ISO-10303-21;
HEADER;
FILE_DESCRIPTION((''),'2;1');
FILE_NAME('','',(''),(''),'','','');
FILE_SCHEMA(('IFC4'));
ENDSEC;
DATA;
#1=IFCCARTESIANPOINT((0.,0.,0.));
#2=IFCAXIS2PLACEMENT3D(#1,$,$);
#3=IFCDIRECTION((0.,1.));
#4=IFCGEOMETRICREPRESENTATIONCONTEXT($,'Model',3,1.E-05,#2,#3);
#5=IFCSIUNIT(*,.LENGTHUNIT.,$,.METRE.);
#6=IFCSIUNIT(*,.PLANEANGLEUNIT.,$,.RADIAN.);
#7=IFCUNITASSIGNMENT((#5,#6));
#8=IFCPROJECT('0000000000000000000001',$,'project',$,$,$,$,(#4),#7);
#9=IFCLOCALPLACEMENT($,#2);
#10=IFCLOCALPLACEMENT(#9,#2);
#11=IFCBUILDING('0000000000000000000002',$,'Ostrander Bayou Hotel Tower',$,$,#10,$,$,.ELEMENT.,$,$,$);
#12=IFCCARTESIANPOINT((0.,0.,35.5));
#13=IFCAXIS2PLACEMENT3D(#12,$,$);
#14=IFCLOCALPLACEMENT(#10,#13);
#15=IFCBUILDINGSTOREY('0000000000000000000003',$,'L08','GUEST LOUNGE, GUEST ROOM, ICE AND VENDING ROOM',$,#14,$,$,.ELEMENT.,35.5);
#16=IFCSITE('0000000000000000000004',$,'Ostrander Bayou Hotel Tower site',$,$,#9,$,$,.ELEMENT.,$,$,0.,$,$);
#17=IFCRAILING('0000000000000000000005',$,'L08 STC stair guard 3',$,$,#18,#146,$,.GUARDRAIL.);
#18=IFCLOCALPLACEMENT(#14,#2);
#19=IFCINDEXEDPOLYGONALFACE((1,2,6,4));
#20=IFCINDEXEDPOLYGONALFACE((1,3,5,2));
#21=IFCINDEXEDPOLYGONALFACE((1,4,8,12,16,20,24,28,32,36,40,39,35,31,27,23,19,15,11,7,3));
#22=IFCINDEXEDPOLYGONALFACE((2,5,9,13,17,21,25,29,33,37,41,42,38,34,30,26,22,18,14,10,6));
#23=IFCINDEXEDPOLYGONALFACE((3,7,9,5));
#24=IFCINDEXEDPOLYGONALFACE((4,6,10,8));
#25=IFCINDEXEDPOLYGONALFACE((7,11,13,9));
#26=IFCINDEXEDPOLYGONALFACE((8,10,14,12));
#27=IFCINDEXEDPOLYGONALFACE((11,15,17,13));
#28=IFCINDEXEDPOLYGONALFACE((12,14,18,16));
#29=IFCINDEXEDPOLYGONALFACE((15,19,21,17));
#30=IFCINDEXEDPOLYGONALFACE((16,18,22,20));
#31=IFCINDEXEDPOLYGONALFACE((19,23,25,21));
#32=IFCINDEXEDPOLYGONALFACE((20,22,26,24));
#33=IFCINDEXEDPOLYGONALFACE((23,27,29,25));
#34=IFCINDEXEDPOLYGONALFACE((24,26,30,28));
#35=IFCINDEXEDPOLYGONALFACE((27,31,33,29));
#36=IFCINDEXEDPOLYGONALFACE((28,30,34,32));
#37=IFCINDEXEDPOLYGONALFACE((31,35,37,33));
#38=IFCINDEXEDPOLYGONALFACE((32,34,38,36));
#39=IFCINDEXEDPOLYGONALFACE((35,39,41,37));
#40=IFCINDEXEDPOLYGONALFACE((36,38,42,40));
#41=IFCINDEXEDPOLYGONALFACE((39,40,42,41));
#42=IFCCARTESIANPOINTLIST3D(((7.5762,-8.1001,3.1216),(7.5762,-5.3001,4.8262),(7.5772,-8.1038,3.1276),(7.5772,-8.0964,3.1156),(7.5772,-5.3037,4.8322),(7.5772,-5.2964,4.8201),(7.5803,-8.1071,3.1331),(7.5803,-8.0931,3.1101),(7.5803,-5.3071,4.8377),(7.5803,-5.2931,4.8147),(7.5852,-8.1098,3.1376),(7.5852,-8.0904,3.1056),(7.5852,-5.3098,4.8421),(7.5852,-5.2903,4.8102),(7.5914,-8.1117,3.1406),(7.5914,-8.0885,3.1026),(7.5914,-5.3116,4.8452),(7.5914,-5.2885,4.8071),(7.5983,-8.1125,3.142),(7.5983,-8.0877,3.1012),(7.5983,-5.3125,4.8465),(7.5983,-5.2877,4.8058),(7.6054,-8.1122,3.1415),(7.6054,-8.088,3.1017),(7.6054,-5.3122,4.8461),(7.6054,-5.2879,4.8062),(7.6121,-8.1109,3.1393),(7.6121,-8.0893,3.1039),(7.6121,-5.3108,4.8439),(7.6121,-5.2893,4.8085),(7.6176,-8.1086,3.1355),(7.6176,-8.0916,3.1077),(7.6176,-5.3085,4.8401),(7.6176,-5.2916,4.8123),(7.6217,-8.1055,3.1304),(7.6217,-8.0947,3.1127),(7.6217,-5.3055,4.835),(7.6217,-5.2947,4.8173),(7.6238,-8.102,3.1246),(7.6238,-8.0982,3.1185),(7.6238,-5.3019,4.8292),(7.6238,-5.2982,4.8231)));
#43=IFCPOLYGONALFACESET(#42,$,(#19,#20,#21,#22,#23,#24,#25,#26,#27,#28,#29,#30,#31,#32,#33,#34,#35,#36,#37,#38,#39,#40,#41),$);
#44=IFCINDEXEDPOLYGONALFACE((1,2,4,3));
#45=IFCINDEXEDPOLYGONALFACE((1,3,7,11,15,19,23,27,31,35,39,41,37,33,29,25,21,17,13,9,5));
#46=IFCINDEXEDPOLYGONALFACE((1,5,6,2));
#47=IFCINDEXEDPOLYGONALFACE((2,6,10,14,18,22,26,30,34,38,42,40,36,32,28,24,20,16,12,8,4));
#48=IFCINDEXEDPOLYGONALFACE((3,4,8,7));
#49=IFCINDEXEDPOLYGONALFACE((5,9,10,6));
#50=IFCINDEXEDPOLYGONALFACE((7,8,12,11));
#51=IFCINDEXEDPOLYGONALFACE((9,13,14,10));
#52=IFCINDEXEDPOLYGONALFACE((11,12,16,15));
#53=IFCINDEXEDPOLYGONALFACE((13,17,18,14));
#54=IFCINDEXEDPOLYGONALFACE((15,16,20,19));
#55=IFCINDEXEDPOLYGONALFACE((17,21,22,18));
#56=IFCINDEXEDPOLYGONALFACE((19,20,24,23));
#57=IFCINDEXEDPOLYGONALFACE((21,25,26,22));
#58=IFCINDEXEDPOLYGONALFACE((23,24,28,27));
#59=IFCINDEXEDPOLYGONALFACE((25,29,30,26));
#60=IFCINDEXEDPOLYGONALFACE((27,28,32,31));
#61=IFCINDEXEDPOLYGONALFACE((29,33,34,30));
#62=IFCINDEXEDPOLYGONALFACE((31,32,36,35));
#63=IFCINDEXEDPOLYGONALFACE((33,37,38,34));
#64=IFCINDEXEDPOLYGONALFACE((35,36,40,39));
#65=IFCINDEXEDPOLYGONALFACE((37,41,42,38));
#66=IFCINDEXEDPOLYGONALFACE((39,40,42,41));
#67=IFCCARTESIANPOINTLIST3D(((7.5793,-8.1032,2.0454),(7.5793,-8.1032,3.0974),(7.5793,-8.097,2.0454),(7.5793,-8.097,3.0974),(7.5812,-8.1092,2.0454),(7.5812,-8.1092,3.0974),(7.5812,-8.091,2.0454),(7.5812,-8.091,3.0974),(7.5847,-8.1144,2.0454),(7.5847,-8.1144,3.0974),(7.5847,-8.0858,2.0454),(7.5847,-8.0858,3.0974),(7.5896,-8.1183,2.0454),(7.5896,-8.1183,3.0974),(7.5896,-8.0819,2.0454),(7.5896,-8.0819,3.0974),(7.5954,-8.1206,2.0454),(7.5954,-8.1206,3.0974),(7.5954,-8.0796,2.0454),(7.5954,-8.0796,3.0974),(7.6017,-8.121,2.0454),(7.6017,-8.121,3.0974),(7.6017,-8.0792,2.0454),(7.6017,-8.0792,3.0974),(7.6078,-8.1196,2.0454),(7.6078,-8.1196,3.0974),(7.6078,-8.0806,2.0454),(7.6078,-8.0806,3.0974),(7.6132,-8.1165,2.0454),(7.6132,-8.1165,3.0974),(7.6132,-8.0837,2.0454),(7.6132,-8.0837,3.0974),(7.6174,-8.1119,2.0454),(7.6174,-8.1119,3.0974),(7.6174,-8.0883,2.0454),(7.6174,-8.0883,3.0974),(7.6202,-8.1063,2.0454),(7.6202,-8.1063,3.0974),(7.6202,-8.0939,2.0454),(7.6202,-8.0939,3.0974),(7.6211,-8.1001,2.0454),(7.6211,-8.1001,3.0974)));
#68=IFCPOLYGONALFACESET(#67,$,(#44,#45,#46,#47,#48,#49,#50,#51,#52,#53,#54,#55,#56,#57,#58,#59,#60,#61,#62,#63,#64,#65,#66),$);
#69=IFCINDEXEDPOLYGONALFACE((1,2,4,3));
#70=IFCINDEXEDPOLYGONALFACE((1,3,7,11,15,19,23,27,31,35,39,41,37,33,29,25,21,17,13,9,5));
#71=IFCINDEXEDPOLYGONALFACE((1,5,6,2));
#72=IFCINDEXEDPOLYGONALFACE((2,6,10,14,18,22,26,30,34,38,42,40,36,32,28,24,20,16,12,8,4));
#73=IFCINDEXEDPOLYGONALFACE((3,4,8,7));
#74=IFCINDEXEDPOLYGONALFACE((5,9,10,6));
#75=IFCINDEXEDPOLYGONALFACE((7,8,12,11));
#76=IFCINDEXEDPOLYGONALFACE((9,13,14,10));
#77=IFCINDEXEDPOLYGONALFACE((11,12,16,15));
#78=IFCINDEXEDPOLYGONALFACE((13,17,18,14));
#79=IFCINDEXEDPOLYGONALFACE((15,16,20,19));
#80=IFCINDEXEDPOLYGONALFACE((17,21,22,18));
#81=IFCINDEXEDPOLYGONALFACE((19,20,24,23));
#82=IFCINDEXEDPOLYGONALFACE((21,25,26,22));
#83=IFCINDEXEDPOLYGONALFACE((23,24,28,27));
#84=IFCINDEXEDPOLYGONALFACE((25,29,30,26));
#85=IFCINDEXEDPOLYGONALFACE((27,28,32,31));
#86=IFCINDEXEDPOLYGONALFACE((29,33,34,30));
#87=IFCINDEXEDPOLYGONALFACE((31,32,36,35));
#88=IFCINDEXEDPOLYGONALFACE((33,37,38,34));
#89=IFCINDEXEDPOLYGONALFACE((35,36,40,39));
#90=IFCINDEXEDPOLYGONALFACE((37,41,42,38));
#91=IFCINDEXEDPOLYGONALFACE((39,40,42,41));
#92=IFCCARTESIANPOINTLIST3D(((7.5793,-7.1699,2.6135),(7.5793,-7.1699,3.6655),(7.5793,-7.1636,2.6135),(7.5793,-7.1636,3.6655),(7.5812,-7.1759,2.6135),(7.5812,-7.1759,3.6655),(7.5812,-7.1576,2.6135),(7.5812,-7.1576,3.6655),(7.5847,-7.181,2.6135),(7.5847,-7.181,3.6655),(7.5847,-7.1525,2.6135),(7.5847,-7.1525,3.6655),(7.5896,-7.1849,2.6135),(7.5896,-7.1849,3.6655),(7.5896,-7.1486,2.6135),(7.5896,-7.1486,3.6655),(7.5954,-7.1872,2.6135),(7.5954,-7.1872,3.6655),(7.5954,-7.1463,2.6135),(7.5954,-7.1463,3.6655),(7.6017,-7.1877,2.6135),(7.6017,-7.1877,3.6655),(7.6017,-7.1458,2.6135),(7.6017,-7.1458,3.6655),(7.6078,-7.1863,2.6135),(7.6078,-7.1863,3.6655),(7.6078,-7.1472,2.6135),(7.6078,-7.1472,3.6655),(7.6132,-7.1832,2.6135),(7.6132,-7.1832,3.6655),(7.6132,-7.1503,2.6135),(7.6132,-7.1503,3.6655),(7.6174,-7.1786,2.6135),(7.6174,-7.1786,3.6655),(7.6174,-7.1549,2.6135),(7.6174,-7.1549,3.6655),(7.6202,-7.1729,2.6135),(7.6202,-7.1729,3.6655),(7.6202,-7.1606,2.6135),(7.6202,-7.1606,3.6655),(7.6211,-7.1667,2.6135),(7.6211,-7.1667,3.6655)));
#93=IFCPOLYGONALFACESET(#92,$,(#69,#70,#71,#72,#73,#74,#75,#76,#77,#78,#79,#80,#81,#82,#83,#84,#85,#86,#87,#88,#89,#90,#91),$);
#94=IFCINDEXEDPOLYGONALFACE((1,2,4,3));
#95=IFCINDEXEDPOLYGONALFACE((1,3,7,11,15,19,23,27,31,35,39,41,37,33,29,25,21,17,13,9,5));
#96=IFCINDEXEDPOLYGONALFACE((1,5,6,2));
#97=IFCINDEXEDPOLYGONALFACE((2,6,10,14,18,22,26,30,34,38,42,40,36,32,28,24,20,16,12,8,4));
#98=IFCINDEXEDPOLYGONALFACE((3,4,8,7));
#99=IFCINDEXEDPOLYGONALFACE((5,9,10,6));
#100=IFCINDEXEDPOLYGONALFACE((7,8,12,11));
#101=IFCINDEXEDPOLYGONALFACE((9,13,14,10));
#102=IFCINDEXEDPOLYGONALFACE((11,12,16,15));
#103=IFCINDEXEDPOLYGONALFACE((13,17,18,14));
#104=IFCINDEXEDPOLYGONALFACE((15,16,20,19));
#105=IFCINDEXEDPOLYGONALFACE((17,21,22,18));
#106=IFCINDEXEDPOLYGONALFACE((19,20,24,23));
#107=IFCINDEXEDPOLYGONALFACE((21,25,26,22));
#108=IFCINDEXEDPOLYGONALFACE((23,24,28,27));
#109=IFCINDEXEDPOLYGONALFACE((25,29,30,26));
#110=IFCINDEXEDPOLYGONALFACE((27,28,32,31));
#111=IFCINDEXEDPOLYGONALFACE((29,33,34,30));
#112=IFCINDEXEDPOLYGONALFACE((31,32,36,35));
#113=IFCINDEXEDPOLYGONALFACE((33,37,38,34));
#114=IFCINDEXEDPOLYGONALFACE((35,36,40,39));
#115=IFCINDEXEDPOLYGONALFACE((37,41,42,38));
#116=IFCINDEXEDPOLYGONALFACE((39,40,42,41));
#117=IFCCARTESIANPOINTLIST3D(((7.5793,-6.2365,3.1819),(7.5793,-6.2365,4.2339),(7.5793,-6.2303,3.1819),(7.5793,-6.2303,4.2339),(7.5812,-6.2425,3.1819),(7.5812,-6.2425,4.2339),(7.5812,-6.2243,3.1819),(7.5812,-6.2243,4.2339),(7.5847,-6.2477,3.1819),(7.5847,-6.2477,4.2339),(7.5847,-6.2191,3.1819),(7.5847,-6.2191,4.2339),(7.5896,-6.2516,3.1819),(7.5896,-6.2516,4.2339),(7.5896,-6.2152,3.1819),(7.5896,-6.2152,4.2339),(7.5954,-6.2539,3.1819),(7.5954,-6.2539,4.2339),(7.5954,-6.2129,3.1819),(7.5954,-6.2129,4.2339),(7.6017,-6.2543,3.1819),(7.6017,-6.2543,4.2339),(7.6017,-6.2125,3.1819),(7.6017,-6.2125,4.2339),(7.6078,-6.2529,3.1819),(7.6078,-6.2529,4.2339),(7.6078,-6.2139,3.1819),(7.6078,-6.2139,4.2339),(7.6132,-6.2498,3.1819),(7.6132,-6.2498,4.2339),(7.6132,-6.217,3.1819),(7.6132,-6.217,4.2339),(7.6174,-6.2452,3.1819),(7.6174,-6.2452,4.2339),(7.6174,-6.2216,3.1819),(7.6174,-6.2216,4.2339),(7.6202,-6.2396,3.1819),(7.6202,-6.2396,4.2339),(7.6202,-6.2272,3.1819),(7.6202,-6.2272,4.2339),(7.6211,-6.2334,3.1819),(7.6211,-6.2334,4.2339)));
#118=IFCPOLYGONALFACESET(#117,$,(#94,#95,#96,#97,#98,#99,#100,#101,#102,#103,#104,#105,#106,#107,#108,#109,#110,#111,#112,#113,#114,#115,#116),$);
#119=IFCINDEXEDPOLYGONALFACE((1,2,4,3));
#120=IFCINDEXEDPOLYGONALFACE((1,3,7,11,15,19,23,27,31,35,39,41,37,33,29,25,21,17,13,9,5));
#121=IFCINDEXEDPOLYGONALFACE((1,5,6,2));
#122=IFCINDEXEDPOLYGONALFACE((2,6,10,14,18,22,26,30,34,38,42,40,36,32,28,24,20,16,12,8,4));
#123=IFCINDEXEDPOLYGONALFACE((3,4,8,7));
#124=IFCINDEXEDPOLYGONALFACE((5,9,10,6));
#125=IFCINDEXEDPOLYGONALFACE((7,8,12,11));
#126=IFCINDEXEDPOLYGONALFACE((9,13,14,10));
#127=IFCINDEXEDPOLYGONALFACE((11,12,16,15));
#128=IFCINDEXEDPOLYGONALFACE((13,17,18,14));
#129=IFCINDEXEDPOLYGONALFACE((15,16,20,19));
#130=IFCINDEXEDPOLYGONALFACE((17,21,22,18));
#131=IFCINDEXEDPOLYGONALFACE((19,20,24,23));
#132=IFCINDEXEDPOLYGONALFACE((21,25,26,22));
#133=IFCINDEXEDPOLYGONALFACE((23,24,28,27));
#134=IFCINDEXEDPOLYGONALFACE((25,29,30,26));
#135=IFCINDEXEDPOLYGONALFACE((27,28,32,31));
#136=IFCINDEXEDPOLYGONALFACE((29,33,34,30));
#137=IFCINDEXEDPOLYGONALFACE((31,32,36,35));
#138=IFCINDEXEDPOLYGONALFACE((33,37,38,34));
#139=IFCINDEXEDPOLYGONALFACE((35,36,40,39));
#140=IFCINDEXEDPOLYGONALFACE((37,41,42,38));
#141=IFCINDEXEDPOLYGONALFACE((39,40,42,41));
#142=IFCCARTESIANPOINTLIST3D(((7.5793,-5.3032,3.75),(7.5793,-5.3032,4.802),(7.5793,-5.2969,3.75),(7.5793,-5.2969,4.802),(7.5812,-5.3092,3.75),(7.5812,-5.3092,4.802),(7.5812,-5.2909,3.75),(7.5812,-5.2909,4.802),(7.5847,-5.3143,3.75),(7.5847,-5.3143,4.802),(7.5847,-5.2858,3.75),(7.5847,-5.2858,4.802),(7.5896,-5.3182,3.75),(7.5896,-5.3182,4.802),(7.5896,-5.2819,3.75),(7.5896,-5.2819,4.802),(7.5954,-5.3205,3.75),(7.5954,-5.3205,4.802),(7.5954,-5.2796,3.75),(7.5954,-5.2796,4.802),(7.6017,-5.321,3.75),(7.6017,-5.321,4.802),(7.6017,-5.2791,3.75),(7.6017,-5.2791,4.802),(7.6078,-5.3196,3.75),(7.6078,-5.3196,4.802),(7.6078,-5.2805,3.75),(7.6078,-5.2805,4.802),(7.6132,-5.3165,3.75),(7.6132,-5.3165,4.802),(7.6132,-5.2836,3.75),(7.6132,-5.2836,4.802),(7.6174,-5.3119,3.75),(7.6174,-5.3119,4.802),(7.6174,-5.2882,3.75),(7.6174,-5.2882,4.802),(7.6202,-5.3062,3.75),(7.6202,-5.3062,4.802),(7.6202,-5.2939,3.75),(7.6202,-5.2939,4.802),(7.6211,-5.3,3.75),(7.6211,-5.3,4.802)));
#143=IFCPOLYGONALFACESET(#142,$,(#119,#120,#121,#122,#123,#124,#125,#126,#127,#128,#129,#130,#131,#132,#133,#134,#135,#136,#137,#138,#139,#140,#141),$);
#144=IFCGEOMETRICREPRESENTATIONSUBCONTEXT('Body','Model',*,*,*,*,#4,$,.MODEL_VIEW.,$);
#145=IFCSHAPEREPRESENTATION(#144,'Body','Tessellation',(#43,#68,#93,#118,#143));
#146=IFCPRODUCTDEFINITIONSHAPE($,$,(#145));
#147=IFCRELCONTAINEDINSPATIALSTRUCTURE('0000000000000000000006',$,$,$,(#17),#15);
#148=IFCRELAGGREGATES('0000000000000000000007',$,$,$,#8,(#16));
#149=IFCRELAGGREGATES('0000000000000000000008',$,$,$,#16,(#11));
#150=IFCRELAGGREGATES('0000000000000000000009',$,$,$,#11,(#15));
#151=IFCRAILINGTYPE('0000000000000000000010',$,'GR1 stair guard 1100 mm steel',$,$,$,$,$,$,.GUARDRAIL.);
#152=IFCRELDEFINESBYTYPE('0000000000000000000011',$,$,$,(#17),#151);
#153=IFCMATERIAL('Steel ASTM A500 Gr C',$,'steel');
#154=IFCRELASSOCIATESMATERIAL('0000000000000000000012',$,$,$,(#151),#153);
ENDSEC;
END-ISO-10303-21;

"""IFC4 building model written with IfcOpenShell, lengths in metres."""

from ifc_helpers import new_model, si_unit, direction, frame, origin, origin_2d, place, context, subcontext, project, spatial, circle, extrude, material, type_object, element, save


model = new_model("IFC4")

# Units and contexts
model_context = context("Model", 3, precision=1e-05, world=origin(), true_north=direction((0.0, 1.0)))
body_context = subcontext(model_context, "Body", "Model", "MODEL_VIEW")
ifc_project = project(units=[si_unit("LENGTHUNIT", "METRE"), si_unit("PLANEANGLEUNIT", "RADIAN")], contexts=[model_context])

# Site, building, storey
site_placement = place(None, origin())
site = spatial("IfcSite", under=ifc_project, at=site_placement, Name="Ostrander Bayou Hotel Tower site", CompositionType="ELEMENT", RefElevation=0.0)
building_placement = place(site_placement, origin())
building = spatial("IfcBuilding", under=site, at=building_placement, Name="Ostrander Bayou Hotel Tower", CompositionType="ELEMENT")
storey_placement = place(building_placement, frame((0.0, 0.0, 35.5)))
storey = spatial("IfcBuildingStorey", under=building, at=storey_placement, Name="L08", Description="GUEST LOUNGE, GUEST ROOM, ICE AND VENDING ROOM", CompositionType="ELEMENT", Elevation=35.5)

# Railing
ifc_material_1 = material(Name="Steel ASTM A500 Gr C", Category="steel")
railing_type_1 = type_object("IfcRailingType", Name="GR1 stair guard 1100 mm steel", PredefinedType="GUARDRAIL", material=ifc_material_1)
railing_1_placement = place(storey_placement, frame((7.6001, -8.1001, 2.0454)))
element("IfcRailing", 1, at=railing_1_placement, inside=storey, type_object=railing_type_1, Name="L08 STC stair guard 3", PredefinedType="GUARDRAIL", context=body_context, shape_type="SweptSolid", body=[
    extrude(circle(Radius=0.0239, at=origin_2d()), frame((0.0, 0.0, 1.0762), z_axis=(0.0, 0.85417, 0.519994), x_axis=(-1.0, 0.0, 0.0)), (0.0, 0.0, 1.0), 3.2781),
    extrude(circle(Radius=0.021, at=origin_2d()), origin(), (0.0, 0.0, 1.0), 1.052),
    extrude(circle(Radius=0.021, at=origin_2d()), frame((0.0, 0.9333, 0.5681)), (0.0, 0.0, 1.0), 1.052),
    extrude(circle(Radius=0.021, at=origin_2d()), frame((0.0, 1.8667, 1.1365)), (0.0, 0.0, 1.0), 1.052),
    extrude(circle(Radius=0.021, at=origin_2d()), frame((0.0, 2.8, 1.7046)), (0.0, 0.0, 1.0), 1.052),
])

save(model, "model.ifc")
